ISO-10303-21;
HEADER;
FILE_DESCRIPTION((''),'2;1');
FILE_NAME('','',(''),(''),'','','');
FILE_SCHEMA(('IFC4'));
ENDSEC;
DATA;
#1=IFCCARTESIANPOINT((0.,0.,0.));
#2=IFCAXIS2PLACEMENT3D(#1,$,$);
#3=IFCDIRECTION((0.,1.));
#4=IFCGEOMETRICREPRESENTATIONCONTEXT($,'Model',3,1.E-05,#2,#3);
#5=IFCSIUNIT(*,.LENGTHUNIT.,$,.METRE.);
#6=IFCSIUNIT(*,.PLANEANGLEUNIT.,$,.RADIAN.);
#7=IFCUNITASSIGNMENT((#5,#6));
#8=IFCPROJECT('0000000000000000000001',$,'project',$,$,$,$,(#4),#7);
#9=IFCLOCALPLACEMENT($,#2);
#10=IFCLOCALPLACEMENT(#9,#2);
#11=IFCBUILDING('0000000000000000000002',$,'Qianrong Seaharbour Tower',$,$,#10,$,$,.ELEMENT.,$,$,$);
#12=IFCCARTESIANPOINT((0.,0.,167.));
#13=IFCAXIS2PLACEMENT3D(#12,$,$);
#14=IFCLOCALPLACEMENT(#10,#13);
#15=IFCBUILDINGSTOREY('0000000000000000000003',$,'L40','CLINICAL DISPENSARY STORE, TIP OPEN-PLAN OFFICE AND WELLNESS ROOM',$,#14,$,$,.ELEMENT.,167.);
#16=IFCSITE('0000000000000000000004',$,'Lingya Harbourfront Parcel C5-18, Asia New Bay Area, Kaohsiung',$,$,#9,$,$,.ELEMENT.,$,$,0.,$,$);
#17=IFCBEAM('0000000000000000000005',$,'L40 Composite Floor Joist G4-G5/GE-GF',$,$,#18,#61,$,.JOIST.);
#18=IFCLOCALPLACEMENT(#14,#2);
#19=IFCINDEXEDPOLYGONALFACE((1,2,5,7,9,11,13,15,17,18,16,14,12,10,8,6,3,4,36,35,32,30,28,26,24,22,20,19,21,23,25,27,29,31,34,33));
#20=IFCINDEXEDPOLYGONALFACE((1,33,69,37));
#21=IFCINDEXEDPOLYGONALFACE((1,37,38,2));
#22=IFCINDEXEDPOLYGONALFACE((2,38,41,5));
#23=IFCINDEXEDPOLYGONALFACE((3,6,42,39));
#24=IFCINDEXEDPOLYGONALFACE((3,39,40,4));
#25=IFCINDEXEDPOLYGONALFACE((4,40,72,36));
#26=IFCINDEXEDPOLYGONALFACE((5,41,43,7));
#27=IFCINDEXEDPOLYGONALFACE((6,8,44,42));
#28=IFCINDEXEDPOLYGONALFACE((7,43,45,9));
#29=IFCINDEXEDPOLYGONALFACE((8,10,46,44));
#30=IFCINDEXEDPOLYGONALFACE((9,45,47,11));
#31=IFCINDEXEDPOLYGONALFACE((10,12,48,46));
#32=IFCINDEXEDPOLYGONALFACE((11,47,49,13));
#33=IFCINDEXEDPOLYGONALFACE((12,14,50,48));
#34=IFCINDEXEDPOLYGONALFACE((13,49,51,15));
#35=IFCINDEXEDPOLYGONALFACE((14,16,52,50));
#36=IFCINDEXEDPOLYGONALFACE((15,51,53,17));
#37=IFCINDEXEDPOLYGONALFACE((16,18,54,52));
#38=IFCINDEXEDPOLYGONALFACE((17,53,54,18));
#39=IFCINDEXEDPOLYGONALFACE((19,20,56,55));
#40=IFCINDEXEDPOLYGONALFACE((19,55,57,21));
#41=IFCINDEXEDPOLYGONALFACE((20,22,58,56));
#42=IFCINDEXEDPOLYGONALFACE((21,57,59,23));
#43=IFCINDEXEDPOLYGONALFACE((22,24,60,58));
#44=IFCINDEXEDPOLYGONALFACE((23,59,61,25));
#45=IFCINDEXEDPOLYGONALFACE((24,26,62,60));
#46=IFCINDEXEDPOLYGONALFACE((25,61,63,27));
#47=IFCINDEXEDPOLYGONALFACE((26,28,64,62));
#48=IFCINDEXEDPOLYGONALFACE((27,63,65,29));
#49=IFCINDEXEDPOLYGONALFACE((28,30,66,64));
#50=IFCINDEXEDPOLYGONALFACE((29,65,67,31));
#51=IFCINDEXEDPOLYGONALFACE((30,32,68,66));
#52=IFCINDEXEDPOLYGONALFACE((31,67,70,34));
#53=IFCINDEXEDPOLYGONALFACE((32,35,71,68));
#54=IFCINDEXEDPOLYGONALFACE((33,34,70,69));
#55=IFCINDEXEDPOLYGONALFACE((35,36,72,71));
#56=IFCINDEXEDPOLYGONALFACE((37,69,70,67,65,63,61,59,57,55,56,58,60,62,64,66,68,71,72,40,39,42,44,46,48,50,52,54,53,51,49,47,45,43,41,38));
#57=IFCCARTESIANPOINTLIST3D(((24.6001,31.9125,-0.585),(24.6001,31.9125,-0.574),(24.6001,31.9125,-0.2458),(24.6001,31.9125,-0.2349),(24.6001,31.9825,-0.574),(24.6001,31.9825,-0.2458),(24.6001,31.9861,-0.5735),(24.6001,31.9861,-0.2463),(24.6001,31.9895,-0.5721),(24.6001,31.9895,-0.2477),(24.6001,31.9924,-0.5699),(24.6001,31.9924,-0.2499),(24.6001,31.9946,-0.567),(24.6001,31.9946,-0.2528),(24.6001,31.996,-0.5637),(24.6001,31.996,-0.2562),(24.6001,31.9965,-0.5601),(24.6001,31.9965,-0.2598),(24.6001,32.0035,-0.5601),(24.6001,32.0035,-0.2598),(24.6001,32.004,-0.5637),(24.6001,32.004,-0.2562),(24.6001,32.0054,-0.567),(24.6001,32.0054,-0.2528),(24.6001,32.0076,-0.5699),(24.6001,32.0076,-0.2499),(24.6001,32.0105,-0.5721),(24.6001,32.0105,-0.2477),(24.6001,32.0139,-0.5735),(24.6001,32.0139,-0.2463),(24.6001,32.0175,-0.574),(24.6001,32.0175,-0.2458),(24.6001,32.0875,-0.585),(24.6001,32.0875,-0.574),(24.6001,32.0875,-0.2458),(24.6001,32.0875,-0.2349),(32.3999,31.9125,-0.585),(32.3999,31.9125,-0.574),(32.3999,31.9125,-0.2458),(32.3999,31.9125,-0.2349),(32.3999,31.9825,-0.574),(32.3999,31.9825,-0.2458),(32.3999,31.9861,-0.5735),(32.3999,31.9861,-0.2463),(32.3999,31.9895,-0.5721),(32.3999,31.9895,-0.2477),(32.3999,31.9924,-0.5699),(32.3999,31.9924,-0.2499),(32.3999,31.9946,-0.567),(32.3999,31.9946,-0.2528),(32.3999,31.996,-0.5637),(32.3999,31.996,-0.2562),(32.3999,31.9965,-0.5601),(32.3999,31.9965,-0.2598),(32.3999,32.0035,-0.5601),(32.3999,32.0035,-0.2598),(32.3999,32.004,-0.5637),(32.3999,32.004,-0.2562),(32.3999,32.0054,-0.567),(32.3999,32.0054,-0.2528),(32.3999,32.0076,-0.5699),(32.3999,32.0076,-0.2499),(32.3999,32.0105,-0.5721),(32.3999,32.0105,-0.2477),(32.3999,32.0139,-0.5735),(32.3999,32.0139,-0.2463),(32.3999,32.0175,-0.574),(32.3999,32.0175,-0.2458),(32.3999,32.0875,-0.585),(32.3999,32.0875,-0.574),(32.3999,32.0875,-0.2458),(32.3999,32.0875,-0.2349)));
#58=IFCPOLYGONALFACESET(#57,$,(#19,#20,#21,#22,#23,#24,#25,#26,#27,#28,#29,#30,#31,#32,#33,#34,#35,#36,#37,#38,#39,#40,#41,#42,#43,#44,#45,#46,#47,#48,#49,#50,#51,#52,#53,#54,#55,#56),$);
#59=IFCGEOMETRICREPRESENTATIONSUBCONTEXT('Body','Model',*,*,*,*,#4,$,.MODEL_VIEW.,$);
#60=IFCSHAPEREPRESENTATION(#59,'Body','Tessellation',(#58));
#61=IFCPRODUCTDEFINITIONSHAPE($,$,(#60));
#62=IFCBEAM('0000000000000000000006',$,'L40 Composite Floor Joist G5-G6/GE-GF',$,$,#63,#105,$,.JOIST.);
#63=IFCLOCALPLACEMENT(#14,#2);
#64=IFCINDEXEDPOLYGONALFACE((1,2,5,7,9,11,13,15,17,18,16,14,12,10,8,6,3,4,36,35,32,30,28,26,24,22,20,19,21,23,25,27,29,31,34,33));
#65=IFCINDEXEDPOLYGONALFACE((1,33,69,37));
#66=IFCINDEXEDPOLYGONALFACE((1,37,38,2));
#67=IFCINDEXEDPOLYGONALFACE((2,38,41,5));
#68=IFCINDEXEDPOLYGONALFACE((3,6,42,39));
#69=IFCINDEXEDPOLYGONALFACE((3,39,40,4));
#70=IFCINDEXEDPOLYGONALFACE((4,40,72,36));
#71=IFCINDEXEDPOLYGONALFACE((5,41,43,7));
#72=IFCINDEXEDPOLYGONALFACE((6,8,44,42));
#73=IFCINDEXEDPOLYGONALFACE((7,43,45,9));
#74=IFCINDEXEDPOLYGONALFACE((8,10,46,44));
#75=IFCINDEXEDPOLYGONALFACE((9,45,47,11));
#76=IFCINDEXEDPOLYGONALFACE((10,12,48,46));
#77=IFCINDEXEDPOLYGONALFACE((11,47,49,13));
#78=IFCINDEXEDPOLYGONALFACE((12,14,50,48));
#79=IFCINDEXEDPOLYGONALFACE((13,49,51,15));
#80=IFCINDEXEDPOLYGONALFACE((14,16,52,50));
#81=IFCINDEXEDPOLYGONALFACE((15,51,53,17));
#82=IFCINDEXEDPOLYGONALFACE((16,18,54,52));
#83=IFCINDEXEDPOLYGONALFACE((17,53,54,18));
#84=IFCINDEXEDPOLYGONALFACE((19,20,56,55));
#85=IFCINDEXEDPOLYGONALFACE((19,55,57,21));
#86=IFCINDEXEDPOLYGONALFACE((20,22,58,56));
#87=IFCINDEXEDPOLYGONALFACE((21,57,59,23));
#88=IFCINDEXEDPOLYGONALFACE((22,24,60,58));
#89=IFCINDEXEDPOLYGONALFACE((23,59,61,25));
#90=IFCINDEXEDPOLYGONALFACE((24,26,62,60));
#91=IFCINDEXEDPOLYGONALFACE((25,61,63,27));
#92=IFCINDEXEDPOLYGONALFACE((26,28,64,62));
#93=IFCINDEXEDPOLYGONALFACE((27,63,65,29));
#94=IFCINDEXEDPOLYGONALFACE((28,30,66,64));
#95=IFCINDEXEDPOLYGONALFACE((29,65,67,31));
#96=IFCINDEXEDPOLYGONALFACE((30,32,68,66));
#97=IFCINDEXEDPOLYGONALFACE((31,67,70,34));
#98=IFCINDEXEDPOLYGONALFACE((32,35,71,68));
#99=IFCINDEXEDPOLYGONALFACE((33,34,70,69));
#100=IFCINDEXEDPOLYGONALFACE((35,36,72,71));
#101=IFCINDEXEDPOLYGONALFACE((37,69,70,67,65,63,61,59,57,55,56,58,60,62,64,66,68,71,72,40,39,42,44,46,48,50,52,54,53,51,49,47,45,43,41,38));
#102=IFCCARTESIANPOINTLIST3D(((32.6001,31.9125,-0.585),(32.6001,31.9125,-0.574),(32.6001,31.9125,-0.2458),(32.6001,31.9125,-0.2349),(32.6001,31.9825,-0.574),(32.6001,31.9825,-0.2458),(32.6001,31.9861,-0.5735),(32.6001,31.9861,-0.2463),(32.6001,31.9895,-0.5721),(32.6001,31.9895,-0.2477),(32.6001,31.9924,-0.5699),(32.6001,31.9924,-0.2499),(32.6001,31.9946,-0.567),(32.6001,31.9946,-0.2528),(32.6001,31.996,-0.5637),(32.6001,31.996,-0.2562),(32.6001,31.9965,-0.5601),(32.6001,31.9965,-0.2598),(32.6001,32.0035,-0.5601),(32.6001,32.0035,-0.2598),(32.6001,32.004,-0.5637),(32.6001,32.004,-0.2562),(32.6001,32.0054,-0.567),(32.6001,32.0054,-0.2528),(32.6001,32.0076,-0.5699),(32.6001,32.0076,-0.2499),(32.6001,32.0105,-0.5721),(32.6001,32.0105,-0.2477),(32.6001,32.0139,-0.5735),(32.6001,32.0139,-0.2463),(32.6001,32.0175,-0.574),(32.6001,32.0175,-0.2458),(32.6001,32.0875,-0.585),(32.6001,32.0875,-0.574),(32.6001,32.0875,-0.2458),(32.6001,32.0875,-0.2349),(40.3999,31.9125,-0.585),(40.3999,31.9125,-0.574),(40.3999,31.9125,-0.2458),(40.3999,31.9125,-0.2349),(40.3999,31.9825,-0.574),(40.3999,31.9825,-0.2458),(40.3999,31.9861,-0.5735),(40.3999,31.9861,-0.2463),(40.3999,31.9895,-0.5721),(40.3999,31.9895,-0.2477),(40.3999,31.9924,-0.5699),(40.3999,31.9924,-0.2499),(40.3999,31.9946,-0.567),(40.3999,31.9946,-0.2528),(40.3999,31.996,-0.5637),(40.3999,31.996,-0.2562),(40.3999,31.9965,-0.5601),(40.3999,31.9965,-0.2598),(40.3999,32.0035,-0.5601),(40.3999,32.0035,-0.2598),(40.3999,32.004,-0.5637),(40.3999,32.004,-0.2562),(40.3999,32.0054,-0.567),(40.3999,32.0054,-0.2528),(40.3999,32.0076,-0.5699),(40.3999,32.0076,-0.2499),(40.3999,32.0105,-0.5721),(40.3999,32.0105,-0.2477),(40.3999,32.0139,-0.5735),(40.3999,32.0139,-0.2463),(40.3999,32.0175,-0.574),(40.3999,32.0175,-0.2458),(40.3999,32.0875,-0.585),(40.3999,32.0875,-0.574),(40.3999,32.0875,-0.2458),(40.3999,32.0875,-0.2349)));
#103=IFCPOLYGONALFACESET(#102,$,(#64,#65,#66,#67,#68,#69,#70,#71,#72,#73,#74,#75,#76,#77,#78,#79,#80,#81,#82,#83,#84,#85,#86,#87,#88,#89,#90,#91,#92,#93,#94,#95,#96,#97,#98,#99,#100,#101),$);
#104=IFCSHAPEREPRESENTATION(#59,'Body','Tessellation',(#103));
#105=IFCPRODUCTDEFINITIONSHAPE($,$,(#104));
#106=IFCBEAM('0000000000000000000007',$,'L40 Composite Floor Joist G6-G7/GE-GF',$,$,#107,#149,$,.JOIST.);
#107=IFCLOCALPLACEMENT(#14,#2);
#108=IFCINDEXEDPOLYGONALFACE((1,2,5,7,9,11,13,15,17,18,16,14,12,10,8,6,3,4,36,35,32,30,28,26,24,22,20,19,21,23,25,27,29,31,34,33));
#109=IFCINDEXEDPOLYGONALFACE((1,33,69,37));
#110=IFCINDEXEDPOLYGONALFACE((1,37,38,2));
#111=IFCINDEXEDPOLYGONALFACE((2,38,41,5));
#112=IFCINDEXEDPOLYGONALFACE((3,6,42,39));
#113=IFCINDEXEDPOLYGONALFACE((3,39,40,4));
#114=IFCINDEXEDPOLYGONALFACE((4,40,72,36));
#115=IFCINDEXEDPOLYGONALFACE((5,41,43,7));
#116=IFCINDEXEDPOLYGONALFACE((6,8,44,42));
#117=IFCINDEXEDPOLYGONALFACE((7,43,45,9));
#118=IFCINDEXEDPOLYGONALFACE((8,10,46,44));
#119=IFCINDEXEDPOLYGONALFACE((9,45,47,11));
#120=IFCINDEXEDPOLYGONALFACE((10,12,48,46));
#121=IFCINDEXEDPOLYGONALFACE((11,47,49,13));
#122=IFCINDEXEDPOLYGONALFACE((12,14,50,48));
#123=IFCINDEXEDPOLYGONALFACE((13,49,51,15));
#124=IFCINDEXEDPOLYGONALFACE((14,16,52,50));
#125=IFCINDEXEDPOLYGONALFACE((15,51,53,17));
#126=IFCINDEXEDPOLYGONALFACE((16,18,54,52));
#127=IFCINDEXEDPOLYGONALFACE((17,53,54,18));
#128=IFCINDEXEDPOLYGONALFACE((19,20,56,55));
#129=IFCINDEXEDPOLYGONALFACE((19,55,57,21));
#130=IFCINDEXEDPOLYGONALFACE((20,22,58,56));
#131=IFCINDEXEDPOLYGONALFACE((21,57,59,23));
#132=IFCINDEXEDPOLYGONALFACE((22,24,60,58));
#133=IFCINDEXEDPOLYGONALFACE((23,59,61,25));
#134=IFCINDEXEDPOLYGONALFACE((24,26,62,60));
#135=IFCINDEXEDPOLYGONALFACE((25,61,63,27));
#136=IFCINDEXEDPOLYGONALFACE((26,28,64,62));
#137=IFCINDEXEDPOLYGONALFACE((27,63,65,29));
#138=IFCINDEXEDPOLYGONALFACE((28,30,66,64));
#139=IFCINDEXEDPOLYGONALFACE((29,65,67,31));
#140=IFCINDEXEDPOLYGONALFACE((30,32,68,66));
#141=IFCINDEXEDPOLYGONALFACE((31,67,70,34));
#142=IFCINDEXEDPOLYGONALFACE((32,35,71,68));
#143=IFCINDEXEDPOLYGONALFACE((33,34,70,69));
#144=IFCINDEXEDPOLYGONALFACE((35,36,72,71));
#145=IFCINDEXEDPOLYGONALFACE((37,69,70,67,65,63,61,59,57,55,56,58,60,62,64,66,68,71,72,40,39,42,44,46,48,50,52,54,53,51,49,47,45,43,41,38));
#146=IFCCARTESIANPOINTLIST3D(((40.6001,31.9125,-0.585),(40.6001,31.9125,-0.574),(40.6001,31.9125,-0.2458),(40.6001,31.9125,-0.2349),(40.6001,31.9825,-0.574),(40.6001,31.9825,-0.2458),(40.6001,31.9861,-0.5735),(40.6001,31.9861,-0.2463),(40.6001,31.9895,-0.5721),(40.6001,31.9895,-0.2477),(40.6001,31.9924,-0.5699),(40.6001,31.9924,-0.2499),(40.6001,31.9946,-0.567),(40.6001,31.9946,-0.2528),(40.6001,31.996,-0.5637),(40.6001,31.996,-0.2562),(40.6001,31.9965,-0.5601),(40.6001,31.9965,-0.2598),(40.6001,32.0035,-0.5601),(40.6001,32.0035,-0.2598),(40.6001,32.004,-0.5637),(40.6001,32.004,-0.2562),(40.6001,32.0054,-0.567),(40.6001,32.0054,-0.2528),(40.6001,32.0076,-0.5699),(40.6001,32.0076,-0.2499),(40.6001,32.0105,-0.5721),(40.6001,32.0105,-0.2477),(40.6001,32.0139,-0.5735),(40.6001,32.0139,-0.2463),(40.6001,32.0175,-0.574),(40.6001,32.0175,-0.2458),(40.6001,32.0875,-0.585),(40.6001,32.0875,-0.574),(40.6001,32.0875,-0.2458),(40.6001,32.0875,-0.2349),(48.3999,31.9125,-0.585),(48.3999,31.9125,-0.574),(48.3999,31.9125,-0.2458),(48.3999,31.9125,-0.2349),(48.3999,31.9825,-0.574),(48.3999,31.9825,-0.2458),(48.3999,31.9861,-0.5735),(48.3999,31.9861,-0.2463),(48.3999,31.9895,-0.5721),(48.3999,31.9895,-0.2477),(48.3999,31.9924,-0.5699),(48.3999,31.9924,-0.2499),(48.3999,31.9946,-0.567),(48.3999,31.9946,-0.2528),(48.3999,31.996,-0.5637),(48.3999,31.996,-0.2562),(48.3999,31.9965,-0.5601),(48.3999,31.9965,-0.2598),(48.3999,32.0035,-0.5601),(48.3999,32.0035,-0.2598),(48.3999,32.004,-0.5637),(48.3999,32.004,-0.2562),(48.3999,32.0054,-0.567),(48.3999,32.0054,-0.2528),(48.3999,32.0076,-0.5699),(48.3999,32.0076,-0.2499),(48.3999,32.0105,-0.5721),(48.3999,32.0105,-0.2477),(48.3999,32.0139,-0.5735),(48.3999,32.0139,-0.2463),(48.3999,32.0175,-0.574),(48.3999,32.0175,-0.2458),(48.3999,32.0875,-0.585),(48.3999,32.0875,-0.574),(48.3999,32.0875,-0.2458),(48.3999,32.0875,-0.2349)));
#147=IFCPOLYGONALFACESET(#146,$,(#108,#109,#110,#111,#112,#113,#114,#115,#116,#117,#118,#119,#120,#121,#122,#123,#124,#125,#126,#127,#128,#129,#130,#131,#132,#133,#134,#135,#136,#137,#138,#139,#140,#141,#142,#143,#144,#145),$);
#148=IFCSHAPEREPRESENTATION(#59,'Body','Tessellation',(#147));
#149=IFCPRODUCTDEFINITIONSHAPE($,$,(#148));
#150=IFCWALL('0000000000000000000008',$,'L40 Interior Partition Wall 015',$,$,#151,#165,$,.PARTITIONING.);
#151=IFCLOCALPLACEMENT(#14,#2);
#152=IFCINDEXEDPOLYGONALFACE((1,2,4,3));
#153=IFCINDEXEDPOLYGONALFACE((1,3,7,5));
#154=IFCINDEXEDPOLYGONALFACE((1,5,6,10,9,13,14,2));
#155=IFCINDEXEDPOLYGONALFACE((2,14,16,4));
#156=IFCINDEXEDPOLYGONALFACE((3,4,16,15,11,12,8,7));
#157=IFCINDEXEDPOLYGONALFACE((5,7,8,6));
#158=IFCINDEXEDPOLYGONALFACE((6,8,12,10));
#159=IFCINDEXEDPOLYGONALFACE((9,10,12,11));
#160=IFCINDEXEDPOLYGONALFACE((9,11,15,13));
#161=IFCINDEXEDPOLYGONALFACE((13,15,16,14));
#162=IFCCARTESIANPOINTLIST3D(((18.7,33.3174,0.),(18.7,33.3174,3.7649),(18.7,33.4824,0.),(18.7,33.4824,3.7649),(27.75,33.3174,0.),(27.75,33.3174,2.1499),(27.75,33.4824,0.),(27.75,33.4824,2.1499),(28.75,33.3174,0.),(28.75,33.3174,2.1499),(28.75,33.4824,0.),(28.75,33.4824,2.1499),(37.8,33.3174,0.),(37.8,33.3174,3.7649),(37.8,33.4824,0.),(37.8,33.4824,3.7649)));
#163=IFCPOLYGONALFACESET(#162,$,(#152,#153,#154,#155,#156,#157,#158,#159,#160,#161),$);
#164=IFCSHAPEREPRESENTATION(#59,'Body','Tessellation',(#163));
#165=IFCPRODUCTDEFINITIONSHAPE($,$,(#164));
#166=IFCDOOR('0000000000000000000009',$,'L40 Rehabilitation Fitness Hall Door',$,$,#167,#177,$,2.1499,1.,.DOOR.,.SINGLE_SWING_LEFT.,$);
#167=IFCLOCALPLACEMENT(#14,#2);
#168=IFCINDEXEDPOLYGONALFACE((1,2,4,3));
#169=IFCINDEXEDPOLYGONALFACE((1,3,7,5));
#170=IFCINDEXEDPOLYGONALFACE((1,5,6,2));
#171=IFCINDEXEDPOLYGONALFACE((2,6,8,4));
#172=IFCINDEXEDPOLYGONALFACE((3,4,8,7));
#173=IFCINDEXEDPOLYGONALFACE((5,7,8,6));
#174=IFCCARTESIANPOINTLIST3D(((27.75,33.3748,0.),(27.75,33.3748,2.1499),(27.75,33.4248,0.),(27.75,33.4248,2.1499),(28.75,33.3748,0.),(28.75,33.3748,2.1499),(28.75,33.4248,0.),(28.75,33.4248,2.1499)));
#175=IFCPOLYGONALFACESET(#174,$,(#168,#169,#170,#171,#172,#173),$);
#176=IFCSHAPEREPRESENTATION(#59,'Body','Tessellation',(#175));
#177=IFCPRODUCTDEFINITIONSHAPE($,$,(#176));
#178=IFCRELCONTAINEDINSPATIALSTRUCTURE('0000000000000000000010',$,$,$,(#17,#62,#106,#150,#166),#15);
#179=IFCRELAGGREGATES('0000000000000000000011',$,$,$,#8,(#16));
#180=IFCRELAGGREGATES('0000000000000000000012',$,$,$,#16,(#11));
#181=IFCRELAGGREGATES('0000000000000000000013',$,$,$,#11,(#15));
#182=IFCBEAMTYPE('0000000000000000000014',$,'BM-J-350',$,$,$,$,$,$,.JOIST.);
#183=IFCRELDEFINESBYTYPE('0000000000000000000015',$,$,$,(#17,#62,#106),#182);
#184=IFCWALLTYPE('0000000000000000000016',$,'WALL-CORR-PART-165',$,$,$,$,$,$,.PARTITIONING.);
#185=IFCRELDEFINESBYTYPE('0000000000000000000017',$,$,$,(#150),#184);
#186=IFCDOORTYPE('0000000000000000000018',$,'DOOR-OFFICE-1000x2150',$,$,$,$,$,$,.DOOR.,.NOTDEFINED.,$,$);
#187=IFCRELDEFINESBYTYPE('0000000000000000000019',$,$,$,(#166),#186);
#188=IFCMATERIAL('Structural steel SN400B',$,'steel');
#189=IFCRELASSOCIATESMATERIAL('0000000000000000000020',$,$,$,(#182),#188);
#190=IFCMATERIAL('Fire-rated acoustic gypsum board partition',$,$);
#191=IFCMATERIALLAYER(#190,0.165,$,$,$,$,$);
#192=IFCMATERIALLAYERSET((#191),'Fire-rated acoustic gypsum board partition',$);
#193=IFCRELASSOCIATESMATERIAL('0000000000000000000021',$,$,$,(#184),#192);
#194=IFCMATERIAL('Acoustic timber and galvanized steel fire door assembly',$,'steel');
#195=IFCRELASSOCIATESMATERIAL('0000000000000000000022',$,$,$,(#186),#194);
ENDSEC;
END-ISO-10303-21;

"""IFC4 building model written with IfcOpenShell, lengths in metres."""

from ifc_helpers import new_model, si_unit, direction, frame, frame_2d, origin, origin_2d, place, context, subcontext, project, spatial, rectangle, i_section, extrude, material, layer, layer_set, material_profile, profile_set, type_object, element, fill, save


model = new_model("IFC4")

# Units and contexts
model_context = context("Model", 3, precision=1e-05, world=origin(), true_north=direction((0.0, 1.0)))
body_context = subcontext(model_context, "Body", "Model", "MODEL_VIEW")
ifc_project = project(units=[si_unit("LENGTHUNIT", "METRE"), si_unit("PLANEANGLEUNIT", "RADIAN")], contexts=[model_context])

# Site, building, storey
site_placement = place(None, origin())
site = spatial("IfcSite", under=ifc_project, at=site_placement, Name="Lingya Harbourfront Parcel C5-18, Asia New Bay Area, Kaohsiung", CompositionType="ELEMENT", RefElevation=0.0)
building_placement = place(site_placement, origin())
building = spatial("IfcBuilding", under=site, at=building_placement, Name="Qianrong Seaharbour Tower", CompositionType="ELEMENT")
storey_placement = place(building_placement, frame((0.0, 0.0, 167.0)))
storey = spatial("IfcBuildingStorey", under=building, at=storey_placement, Name="L40", Description="CLINICAL DISPENSARY STORE, TIP OPEN-PLAN OFFICE AND WELLNESS ROOM", CompositionType="ELEMENT", Elevation=167.0)

# Beams
ifc_material_1 = material(Name="Structural steel SN400B", Category="steel")
ifc_material_profile_1 = material_profile(ifc_material_1, i_section(OverallWidth=0.175, OverallDepth=0.3501, WebThickness=0.0071, FlangeThickness=0.011, FilletRadius=0.0139, at=origin_2d()), Name="H350x175x7x11")
ifc_profile_set_1 = profile_set([ifc_material_profile_1], Name="Structural steel SN400B")
beam_type_1 = type_object("IfcBeamType", Name="BM-J-350", PredefinedType="JOIST", material=ifc_profile_set_1)
for number, where, z_axis, x_axis, name in (
    (1, (24.6001, 32.0, -0.4099), (1.0, 0.0, 0.0), (0.0, 1.0, 0.0), "L40 Composite Floor Joist G4-G5/GE-GF"),
    (2, (32.6001, 32.0, -0.4099), (1.0, 0.0, 0.0), (0.0, 1.0, 0.0), "L40 Composite Floor Joist G5-G6/GE-GF"),
    (3, (40.6001, 32.0, -0.4099), (1.0, 0.0, 0.0), (0.0, 1.0, 0.0), "L40 Composite Floor Joist G6-G7/GE-GF"),
):
    element("IfcBeam", number, at=place(storey_placement, frame(where, z_axis=z_axis, x_axis=x_axis)), inside=storey, type_object=beam_type_1, Name=name, PredefinedType="JOIST", context=body_context, shape_type="SweptSolid", body=[
        extrude(i_section(OverallWidth=0.175, OverallDepth=0.3501, WebThickness=0.0071, FlangeThickness=0.011, FilletRadius=0.0139, at=origin_2d()), origin(), (0.0, 0.0, 1.0), 7.7998),
    ])

# Wall, opening, door
ifc_material_2 = material(Name="Fire-rated acoustic gypsum board partition")
ifc_layer_1 = layer(ifc_material_2, 0.165)
ifc_layer_set_1 = layer_set([ifc_layer_1], Name="Fire-rated acoustic gypsum board partition")
wall_type_1 = type_object("IfcWallType", Name="WALL-CORR-PART-165", PredefinedType="PARTITIONING", material=ifc_layer_set_1)
wall_1_placement = place(storey_placement, frame((18.7, 33.3999, 0.0), z_axis=(0.0, 0.0, 1.0), x_axis=(1.0, 0.0, 0.0)))
wall_1 = element("IfcWall", 4, at=wall_1_placement, inside=storey, type_object=wall_type_1, Name="L40 Interior Partition Wall 015", PredefinedType="PARTITIONING", context=body_context, shape_type="SweptSolid", body=[
    extrude(rectangle(XDim=19.1001, YDim=0.165, at=frame_2d((9.55, 0.0))), origin(), (0.0, 0.0, 1.0), 3.7649),
])
opening_1_placement = place(wall_1_placement, frame((9.05, 0.0, 0.0)))
opening_1 = element("IfcOpeningElement", 5, at=opening_1_placement, cuts=wall_1, PredefinedType="OPENING", context=body_context, shape_type="SweptSolid", body=[
    extrude(rectangle(XDim=1.0, YDim=2.1499, at=frame_2d((0.5, 1.075))), frame((0.0, 0.0925, 0.0), z_axis=(0.0, -1.0, 0.0), x_axis=(1.0, 0.0, 0.0)), (0.0, 0.0, 1.0), 0.1851),
])
ifc_material_3 = material(Name="Acoustic timber and galvanized steel fire door assembly", Category="steel")
door_type = type_object("IfcDoorType", Name="DOOR-OFFICE-1000x2150", OperationType="NOTDEFINED", PredefinedType="DOOR", material=ifc_material_3)
door_1_placement = place(opening_1_placement, origin())
door_1 = element("IfcDoor", 6, at=door_1_placement, inside=storey, type_object=door_type, Name="L40 Rehabilitation Fitness Hall Door", OperationType="SINGLE_SWING_LEFT", OverallHeight=2.1499, OverallWidth=1.0, PredefinedType="DOOR", context=body_context, shape_type="SweptSolid", body=[
    extrude(rectangle(XDim=1.0, YDim=2.1499, at=frame_2d((0.5, 1.075))), frame((0.0, 0.0249, 0.0), z_axis=(0.0, -1.0, 0.0), x_axis=(1.0, 0.0, 0.0)), (0.0, 0.0, 1.0), 0.05),
])
fill(opening_1, door_1)

save(model, "model.ifc")
